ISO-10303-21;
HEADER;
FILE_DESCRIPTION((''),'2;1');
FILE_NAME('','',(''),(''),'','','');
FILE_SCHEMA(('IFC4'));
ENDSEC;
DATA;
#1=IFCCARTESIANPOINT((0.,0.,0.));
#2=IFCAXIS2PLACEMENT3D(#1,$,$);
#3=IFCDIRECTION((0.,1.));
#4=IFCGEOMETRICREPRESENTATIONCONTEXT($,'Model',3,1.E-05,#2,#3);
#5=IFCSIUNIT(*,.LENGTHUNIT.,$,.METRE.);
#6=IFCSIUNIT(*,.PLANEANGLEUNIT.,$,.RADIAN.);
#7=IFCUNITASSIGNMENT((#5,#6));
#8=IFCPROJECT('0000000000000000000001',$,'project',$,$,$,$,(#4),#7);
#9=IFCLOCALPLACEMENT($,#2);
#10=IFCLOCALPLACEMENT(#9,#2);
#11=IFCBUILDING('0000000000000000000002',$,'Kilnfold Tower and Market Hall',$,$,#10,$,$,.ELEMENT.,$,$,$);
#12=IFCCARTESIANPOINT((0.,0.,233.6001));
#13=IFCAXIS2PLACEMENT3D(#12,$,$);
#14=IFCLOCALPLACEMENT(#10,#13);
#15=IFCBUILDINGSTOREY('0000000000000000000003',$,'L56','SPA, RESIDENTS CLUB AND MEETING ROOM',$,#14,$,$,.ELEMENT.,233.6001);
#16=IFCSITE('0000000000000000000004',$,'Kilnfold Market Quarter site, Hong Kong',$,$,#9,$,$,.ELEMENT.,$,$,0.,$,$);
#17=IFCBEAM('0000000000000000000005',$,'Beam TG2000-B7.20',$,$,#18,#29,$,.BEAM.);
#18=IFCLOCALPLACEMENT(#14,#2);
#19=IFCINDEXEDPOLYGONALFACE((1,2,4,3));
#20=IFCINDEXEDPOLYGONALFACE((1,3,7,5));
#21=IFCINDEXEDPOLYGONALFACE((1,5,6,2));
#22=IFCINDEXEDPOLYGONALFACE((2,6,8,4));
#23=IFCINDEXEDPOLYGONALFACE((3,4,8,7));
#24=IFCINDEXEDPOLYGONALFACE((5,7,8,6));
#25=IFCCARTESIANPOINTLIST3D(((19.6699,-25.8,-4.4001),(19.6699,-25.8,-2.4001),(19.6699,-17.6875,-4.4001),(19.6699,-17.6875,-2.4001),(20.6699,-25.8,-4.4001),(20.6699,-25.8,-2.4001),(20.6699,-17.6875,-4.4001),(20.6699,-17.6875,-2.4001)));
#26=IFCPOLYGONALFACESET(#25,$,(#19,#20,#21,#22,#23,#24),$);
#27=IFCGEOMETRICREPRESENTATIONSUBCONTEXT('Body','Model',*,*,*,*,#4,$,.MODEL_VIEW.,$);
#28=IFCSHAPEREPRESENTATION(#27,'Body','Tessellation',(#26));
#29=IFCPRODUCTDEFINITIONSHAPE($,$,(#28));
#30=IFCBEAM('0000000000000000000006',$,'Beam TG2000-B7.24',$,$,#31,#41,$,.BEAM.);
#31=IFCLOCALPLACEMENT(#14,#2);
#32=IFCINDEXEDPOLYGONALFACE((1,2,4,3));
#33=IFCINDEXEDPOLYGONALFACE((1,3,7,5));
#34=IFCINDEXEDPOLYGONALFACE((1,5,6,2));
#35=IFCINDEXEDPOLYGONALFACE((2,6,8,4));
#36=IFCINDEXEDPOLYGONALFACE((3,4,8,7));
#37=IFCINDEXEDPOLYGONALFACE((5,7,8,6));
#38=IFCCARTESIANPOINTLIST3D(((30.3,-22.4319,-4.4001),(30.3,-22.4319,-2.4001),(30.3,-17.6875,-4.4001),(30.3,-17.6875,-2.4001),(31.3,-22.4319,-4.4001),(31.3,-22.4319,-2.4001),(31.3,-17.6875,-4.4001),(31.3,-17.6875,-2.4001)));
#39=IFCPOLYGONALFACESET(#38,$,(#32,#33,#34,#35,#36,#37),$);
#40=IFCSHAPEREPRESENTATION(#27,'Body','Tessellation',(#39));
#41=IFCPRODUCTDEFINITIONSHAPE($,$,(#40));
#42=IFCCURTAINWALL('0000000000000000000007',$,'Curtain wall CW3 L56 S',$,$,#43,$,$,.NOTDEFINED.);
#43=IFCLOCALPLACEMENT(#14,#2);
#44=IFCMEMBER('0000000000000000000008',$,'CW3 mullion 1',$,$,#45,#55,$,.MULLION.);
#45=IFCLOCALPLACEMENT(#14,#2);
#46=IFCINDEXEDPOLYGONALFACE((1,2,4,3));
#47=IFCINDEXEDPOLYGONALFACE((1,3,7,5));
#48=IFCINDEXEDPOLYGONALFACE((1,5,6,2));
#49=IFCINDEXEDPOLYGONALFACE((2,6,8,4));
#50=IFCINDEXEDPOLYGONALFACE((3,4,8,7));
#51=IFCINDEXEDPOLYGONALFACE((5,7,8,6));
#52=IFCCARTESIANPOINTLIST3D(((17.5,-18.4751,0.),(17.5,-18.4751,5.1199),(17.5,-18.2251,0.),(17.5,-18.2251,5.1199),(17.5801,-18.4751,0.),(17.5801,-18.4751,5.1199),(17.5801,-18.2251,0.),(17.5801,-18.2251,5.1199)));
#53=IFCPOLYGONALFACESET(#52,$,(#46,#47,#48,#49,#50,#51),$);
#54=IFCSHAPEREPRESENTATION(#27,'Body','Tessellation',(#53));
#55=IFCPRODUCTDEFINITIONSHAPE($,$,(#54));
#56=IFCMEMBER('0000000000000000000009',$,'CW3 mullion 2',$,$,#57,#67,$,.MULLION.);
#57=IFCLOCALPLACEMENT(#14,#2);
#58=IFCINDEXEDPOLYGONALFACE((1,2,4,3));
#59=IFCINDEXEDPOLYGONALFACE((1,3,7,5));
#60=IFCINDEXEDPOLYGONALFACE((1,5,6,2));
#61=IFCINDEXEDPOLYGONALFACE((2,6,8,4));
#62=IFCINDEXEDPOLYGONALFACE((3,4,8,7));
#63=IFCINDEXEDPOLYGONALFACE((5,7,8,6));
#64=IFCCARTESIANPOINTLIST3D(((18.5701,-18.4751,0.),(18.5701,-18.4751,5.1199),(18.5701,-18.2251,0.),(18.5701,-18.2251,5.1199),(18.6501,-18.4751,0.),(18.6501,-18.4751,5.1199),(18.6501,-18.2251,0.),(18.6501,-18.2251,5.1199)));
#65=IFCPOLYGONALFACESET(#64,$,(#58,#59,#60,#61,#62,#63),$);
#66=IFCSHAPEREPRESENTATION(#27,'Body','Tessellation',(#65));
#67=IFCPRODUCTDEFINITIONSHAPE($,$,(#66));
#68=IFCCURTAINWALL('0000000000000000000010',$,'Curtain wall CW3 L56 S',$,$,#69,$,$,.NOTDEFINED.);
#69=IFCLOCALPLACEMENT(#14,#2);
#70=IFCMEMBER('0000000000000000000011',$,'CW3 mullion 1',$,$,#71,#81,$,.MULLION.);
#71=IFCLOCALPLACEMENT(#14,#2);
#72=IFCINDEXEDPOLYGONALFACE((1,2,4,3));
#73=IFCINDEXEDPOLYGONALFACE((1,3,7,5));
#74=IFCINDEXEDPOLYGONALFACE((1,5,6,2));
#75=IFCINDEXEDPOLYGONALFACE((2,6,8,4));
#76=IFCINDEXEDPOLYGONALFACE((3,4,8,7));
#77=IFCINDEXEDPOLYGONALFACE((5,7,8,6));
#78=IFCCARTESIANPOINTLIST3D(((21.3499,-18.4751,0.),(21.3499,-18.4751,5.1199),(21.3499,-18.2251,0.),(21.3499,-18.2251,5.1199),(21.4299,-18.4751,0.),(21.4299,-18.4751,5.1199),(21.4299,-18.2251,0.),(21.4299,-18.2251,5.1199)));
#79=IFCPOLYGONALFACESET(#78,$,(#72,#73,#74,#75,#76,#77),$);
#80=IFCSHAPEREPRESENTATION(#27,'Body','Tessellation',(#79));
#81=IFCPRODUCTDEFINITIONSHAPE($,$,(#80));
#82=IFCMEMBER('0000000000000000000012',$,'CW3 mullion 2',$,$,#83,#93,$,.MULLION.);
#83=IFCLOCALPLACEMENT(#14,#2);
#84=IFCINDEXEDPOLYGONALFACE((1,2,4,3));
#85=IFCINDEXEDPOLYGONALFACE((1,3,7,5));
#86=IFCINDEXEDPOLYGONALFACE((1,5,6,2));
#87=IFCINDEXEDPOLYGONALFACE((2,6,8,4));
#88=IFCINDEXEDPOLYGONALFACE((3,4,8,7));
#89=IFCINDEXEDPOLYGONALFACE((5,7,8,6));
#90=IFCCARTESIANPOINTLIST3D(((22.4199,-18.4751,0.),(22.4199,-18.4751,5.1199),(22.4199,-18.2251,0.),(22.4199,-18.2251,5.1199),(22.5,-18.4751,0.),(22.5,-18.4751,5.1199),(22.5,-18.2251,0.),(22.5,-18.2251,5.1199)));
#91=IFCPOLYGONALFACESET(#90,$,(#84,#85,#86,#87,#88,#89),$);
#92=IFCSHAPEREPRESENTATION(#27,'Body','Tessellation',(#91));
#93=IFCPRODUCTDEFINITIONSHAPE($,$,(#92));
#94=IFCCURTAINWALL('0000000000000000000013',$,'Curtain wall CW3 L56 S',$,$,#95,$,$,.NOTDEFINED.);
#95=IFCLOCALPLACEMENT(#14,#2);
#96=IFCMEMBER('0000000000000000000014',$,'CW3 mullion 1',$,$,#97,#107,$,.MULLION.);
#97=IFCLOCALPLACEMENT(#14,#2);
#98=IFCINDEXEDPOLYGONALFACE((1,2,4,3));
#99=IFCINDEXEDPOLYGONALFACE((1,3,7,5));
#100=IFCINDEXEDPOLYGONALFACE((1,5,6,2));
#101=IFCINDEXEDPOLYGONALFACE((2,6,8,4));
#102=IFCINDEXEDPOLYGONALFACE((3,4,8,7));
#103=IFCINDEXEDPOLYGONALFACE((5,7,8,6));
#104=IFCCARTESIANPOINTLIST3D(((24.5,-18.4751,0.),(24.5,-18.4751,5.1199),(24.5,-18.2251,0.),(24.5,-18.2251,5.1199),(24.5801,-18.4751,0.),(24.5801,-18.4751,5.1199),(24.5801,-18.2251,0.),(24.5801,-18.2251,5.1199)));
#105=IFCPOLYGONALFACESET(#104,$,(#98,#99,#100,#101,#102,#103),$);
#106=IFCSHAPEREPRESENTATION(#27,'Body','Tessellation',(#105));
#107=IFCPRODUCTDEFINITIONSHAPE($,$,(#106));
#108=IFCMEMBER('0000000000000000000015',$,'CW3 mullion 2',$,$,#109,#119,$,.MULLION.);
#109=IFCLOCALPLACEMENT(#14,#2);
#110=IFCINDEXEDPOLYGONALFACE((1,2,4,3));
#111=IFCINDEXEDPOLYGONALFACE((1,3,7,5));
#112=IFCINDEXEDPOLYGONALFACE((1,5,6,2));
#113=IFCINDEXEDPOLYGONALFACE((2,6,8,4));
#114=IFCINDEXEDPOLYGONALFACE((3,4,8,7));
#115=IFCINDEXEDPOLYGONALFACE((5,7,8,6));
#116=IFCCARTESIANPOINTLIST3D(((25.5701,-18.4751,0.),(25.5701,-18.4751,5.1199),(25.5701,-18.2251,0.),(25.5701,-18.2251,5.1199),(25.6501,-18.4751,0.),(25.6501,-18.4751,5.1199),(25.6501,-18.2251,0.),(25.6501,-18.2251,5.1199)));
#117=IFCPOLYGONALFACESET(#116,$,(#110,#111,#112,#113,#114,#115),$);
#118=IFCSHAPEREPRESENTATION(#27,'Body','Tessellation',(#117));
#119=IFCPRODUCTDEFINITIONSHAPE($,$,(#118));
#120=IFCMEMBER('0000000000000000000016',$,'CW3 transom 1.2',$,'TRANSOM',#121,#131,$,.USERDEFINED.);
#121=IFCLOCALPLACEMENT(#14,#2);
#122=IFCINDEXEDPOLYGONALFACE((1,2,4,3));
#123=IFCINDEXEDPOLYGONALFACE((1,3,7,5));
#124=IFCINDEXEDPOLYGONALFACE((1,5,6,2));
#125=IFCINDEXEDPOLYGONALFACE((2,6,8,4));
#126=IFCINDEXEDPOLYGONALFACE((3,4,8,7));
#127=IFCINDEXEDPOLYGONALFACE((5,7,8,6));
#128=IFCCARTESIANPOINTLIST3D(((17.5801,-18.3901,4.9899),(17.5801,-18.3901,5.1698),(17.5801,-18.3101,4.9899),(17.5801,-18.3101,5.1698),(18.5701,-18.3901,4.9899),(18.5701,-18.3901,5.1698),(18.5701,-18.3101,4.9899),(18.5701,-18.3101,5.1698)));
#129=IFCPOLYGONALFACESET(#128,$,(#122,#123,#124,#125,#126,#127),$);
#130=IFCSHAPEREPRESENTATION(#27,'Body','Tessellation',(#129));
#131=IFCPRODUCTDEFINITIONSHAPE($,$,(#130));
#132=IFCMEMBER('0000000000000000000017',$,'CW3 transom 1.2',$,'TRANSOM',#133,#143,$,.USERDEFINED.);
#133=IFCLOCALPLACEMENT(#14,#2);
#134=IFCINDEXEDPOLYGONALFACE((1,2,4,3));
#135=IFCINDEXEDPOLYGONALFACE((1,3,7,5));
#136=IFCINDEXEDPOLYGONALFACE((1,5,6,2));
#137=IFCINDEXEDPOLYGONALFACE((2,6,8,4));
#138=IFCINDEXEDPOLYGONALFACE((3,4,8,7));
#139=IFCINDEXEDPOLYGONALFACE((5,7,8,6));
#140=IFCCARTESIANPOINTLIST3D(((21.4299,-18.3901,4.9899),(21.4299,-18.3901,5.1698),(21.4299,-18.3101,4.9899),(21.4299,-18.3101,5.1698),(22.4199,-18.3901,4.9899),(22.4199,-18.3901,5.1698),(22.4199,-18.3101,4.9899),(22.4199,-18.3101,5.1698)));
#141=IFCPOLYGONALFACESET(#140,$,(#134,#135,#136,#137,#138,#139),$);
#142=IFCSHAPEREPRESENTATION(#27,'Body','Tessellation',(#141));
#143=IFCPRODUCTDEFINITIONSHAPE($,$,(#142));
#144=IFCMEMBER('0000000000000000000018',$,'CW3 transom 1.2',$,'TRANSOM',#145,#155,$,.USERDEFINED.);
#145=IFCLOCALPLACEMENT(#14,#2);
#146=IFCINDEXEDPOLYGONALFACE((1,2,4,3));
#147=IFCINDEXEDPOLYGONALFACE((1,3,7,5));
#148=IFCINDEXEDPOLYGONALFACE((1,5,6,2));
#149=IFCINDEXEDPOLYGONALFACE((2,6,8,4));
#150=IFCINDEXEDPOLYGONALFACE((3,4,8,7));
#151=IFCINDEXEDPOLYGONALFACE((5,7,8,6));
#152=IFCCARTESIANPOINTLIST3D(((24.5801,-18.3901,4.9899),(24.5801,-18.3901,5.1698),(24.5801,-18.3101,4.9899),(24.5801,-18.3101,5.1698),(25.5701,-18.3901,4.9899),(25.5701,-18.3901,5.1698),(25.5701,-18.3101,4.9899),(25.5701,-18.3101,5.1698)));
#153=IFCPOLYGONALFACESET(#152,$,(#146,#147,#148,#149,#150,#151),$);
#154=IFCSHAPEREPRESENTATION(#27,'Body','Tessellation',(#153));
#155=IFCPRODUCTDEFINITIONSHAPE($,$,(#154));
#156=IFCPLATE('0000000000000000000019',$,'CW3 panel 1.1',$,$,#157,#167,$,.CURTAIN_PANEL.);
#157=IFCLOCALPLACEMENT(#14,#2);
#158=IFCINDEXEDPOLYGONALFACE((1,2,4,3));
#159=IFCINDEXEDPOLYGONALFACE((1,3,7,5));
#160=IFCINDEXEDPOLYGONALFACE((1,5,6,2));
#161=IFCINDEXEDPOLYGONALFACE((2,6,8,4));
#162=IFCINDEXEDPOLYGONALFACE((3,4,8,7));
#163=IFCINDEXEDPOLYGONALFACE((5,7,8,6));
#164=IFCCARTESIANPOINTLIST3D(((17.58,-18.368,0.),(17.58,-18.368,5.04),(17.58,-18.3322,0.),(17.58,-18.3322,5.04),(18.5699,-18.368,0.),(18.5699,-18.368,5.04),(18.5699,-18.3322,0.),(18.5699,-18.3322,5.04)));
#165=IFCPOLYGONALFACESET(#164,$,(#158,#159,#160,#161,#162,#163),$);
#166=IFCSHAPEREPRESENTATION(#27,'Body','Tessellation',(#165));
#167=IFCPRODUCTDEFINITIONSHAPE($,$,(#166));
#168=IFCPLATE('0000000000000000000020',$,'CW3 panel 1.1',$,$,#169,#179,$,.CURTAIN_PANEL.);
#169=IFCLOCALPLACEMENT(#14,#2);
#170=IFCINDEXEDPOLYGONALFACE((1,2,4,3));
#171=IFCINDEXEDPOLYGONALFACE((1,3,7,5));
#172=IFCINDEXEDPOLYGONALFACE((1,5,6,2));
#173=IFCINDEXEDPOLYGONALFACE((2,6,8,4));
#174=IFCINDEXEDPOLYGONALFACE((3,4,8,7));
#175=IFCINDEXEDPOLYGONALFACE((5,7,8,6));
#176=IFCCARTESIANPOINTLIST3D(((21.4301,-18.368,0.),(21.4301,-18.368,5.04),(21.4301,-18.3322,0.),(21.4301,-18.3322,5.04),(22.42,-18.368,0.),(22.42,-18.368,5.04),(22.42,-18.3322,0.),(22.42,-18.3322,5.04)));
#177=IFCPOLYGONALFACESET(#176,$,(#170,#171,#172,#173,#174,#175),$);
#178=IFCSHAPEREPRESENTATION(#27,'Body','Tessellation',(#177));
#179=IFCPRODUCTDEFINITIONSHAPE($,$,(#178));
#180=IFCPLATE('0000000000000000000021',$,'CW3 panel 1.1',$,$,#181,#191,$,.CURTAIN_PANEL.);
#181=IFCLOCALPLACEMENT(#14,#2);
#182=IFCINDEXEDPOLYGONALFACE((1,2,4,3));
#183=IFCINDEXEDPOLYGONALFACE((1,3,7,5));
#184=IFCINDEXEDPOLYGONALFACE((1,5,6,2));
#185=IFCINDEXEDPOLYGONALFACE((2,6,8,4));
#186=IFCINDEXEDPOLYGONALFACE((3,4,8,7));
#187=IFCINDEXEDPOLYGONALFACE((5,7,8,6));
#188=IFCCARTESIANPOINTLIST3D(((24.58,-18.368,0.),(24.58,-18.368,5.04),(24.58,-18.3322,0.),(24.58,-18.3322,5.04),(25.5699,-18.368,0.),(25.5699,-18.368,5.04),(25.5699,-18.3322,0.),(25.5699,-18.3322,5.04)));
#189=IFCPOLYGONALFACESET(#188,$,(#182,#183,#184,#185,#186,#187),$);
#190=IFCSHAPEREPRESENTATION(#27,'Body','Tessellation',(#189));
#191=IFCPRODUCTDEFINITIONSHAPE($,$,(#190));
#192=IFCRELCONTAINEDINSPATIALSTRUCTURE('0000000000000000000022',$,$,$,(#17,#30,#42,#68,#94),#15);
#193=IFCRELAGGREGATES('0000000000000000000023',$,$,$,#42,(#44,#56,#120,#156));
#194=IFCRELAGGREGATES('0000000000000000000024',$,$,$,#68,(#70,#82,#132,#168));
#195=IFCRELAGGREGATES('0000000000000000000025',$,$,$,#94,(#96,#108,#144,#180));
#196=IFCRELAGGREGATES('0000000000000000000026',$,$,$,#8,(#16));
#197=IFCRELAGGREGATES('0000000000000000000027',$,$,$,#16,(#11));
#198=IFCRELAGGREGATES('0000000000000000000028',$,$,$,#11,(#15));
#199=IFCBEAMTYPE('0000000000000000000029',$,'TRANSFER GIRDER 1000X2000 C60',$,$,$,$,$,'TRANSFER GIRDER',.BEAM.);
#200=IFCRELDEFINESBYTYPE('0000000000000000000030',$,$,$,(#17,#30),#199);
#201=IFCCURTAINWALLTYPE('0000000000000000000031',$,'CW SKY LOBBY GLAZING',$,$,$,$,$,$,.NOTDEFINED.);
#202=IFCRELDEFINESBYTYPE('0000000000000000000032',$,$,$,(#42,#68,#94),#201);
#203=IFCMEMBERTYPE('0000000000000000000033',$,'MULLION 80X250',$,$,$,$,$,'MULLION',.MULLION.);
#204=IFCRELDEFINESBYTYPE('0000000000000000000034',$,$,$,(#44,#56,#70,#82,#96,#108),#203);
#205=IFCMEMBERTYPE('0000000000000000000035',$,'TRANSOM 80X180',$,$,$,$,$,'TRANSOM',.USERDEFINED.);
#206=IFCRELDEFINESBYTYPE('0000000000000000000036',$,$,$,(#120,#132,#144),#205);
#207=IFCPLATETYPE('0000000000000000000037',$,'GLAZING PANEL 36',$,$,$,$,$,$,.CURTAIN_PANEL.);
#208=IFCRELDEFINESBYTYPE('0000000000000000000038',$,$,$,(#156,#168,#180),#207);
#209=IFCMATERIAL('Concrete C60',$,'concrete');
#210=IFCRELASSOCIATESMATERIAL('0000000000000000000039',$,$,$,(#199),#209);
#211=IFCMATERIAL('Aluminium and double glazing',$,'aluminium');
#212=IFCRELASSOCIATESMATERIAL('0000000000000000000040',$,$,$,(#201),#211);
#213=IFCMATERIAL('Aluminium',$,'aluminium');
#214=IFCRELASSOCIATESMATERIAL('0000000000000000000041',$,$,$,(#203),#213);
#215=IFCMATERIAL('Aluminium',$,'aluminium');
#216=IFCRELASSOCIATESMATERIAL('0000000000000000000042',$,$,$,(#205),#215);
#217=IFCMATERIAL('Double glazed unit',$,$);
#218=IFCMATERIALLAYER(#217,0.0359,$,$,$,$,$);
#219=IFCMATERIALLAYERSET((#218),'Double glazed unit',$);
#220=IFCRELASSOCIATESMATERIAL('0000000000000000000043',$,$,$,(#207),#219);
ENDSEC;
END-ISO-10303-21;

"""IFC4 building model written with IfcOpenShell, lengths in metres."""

from ifc_helpers import new_model, si_unit, direction, frame, origin, origin_2d, place, context, subcontext, project, spatial, rectangle, extrude, source, transform, mapped, material, layer, layer_set, material_profile, profile_set, type_object, element, aggregate, save


model = new_model("IFC4")

# Units and contexts
model_context = context("Model", 3, precision=1e-05, world=origin(), true_north=direction((0.0, 1.0)))
body_context = subcontext(model_context, "Body", "Model", "MODEL_VIEW")
ifc_project = project(units=[si_unit("LENGTHUNIT", "METRE"), si_unit("PLANEANGLEUNIT", "RADIAN")], contexts=[model_context])

# Site, building, storey
site_placement = place(None, origin())
site = spatial("IfcSite", under=ifc_project, at=site_placement, Name="Kilnfold Market Quarter site, Hong Kong", CompositionType="ELEMENT", RefElevation=0.0)
building_placement = place(site_placement, origin())
building = spatial("IfcBuilding", under=site, at=building_placement, Name="Kilnfold Tower and Market Hall", CompositionType="ELEMENT")
storey_placement = place(building_placement, frame((0.0, 0.0, 233.6001)))
storey = spatial("IfcBuildingStorey", under=building, at=storey_placement, Name="L56", Description="SPA, RESIDENTS CLUB AND MEETING ROOM", CompositionType="ELEMENT", Elevation=233.6001)

# Beams
ifc_material_1 = material(Name="Concrete C60", Category="concrete")
ifc_material_profile_1 = material_profile(ifc_material_1, rectangle(XDim=1.0, YDim=2.0, at=origin_2d()), Name="RC 1000x2000")
ifc_profile_set_1 = profile_set([ifc_material_profile_1], Name="Concrete C60")
beam_type = type_object("IfcBeamType", Name="TRANSFER GIRDER 1000X2000 C60", ElementType="TRANSFER GIRDER", PredefinedType="BEAM", material=ifc_profile_set_1)
shared_shape_1 = source(origin(), body_context, "Body", "SweptSolid", [
    extrude(rectangle(XDim=1.0, YDim=2.0, at=origin_2d()), origin(), (0.0, 0.0, 1.0), 8.1125),
])
beam_1_placement = place(storey_placement, frame((20.1699, -25.8, -3.4001), z_axis=(0.0, 1.0, 0.0), x_axis=(-1.0, 0.0, 0.0)))
element("IfcBeam", 1, at=beam_1_placement, inside=storey, type_object=beam_type, Name="Beam TG2000-B7.20", PredefinedType="BEAM", context=body_context, shape_type="MappedRepresentation", body=[
    mapped(shared_shape_1, transform((0.0, 0.0, 0.0))),
])
shared_shape_2 = source(origin(), body_context, "Body", "SweptSolid", [
    extrude(rectangle(XDim=1.0, YDim=2.0, at=origin_2d()), origin(), (0.0, 0.0, 1.0), 4.7444),
])
beam_2_placement = place(storey_placement, frame((30.8, -22.4319, -3.4001), z_axis=(0.0, 1.0, 0.0), x_axis=(-1.0, 0.0, 0.0)))
element("IfcBeam", 2, at=beam_2_placement, inside=storey, type_object=beam_type, Name="Beam TG2000-B7.24", PredefinedType="BEAM", context=body_context, shape_type="MappedRepresentation", body=[
    mapped(shared_shape_2, transform((0.0, 0.0, 0.0))),
])

# Curtain walls, members
ifc_material_2 = material(Name="Aluminium and double glazing", Category="aluminium")
curtain_wall_type = type_object("IfcCurtainWallType", Name="CW SKY LOBBY GLAZING", PredefinedType="NOTDEFINED", material=ifc_material_2)
curtain_wall_1_placement = place(storey_placement, origin())
curtain_wall_1 = element("IfcCurtainWall", 3, at=curtain_wall_1_placement, inside=storey, type_object=curtain_wall_type, Name="Curtain wall CW3 L56 S", PredefinedType="NOTDEFINED")
ifc_material_3 = material(Name="Aluminium", Category="aluminium")
ifc_material_profile_2 = material_profile(ifc_material_3, rectangle(XDim=0.0801, YDim=0.25, at=origin_2d()), Name="MULLION 80x250")
ifc_profile_set_2 = profile_set([ifc_material_profile_2], Name="Aluminium")
member_type_1 = type_object("IfcMemberType", Name="MULLION 80X250", ElementType="MULLION", PredefinedType="MULLION", material=ifc_profile_set_2)
shared_shape_3 = source(origin(), body_context, "Body", "SweptSolid", [
    extrude(rectangle(XDim=0.0801, YDim=0.25, at=origin_2d()), origin(), (0.0, 0.0, 1.0), 5.1199),
])
member_1_placement = place(storey_placement, frame((17.54, -18.3501, 0.0), z_axis=(0.0, 0.0, 1.0), x_axis=(1.0, 0.0, 0.0)))
member_1 = element("IfcMember", 4, at=member_1_placement, type_object=member_type_1, Name="CW3 mullion 1", PredefinedType="MULLION", context=body_context, shape_type="MappedRepresentation", body=[
    mapped(shared_shape_3, transform((0.0, 0.0, 0.0))),
])
member_2_placement = place(storey_placement, frame((18.6101, -18.3501, 0.0), z_axis=(0.0, 0.0, 1.0), x_axis=(1.0, 0.0, 0.0)))
member_2 = element("IfcMember", 5, at=member_2_placement, type_object=member_type_1, Name="CW3 mullion 2", PredefinedType="MULLION", context=body_context, shape_type="MappedRepresentation", body=[
    mapped(shared_shape_3, transform((0.0, 0.0, 0.0))),
])
curtain_wall_2_placement = place(storey_placement, origin())
curtain_wall_2 = element("IfcCurtainWall", 6, at=curtain_wall_2_placement, inside=storey, type_object=curtain_wall_type, Name="Curtain wall CW3 L56 S", PredefinedType="NOTDEFINED")
member_3_placement = place(storey_placement, frame((21.3899, -18.3501, 0.0), z_axis=(0.0, 0.0, 1.0), x_axis=(1.0, 0.0, 0.0)))
member_3 = element("IfcMember", 7, at=member_3_placement, type_object=member_type_1, Name="CW3 mullion 1", PredefinedType="MULLION", context=body_context, shape_type="MappedRepresentation", body=[
    mapped(shared_shape_3, transform((0.0, 0.0, 0.0))),
])
member_4_placement = place(storey_placement, frame((22.46, -18.3501, 0.0), z_axis=(0.0, 0.0, 1.0), x_axis=(1.0, 0.0, 0.0)))
member_4 = element("IfcMember", 8, at=member_4_placement, type_object=member_type_1, Name="CW3 mullion 2", PredefinedType="MULLION", context=body_context, shape_type="MappedRepresentation", body=[
    mapped(shared_shape_3, transform((0.0, 0.0, 0.0))),
])
curtain_wall_3_placement = place(storey_placement, origin())
curtain_wall_3 = element("IfcCurtainWall", 9, at=curtain_wall_3_placement, inside=storey, type_object=curtain_wall_type, Name="Curtain wall CW3 L56 S", PredefinedType="NOTDEFINED")
member_5_placement = place(storey_placement, frame((24.54, -18.3501, 0.0), z_axis=(0.0, 0.0, 1.0), x_axis=(1.0, 0.0, 0.0)))
member_5 = element("IfcMember", 10, at=member_5_placement, type_object=member_type_1, Name="CW3 mullion 1", PredefinedType="MULLION", context=body_context, shape_type="MappedRepresentation", body=[
    mapped(shared_shape_3, transform((0.0, 0.0, 0.0))),
])
member_6_placement = place(storey_placement, frame((25.6101, -18.3501, 0.0), z_axis=(0.0, 0.0, 1.0), x_axis=(1.0, 0.0, 0.0)))
member_6 = element("IfcMember", 11, at=member_6_placement, type_object=member_type_1, Name="CW3 mullion 2", PredefinedType="MULLION", context=body_context, shape_type="MappedRepresentation", body=[
    mapped(shared_shape_3, transform((0.0, 0.0, 0.0))),
])

# Members
ifc_material_4 = material(Name="Aluminium", Category="aluminium")
ifc_material_profile_3 = material_profile(ifc_material_4, rectangle(XDim=0.0801, YDim=0.1799, at=origin_2d()), Name="TRANSOM 80x180")
ifc_profile_set_3 = profile_set([ifc_material_profile_3], Name="Aluminium")
member_type_2 = type_object("IfcMemberType", Name="TRANSOM 80X180", ElementType="TRANSOM", PredefinedType="USERDEFINED", material=ifc_profile_set_3)
shared_shape_4 = source(origin(), body_context, "Body", "SweptSolid", [
    extrude(rectangle(XDim=0.0801, YDim=0.1799, at=origin_2d()), origin(), (0.0, 0.0, 1.0), 0.99),
])
member_7_placement = place(storey_placement, frame((17.5801, -18.3501, 5.0798), z_axis=(1.0, 0.0, 0.0), x_axis=(0.0, 1.0, 0.0)))
member_7 = element("IfcMember", 12, at=member_7_placement, type_object=member_type_2, Name="CW3 transom 1.2", ObjectType="TRANSOM", PredefinedType="USERDEFINED", context=body_context, shape_type="MappedRepresentation", body=[
    mapped(shared_shape_4, transform((0.0, 0.0, 0.0))),
])
member_8_placement = place(storey_placement, frame((21.4299, -18.3501, 5.0798), z_axis=(1.0, 0.0, 0.0), x_axis=(0.0, 1.0, 0.0)))
member_8 = element("IfcMember", 13, at=member_8_placement, type_object=member_type_2, Name="CW3 transom 1.2", ObjectType="TRANSOM", PredefinedType="USERDEFINED", context=body_context, shape_type="MappedRepresentation", body=[
    mapped(shared_shape_4, transform((0.0, 0.0, 0.0))),
])
member_9_placement = place(storey_placement, frame((24.5801, -18.3501, 5.0798), z_axis=(1.0, 0.0, 0.0), x_axis=(0.0, 1.0, 0.0)))
member_9 = element("IfcMember", 14, at=member_9_placement, type_object=member_type_2, Name="CW3 transom 1.2", ObjectType="TRANSOM", PredefinedType="USERDEFINED", context=body_context, shape_type="MappedRepresentation", body=[
    mapped(shared_shape_4, transform((0.0, 0.0, 0.0))),
])

# Plates
ifc_material_5 = material(Name="Double glazed unit")
ifc_layer_1 = layer(ifc_material_5, 0.0359)
ifc_layer_set_1 = layer_set([ifc_layer_1], Name="Double glazed unit")
plate_type = type_object("IfcPlateType", Name="GLAZING PANEL 36", PredefinedType="CURTAIN_PANEL", material=ifc_layer_set_1)
shared_shape_5 = source(origin(), body_context, "Body", "SweptSolid", [
    extrude(rectangle(XDim=0.99, YDim=0.0359, at=origin_2d()), origin(), (0.0, 0.0, 1.0), 5.04),
])
plate_1_placement = place(storey_placement, frame((18.075, -18.3501, 0.0), z_axis=(0.0, 0.0, 1.0), x_axis=(1.0, 0.0, 0.0)))
plate_1 = element("IfcPlate", 15, at=plate_1_placement, type_object=plate_type, Name="CW3 panel 1.1", PredefinedType="CURTAIN_PANEL", context=body_context, shape_type="MappedRepresentation", body=[
    mapped(shared_shape_5, transform((0.0, 0.0, 0.0))),
])
aggregate(curtain_wall_1, [member_1, member_2, member_7, plate_1])
plate_2_placement = place(storey_placement, frame((21.925, -18.3501, 0.0), z_axis=(0.0, 0.0, 1.0), x_axis=(1.0, 0.0, 0.0)))
plate_2 = element("IfcPlate", 16, at=plate_2_placement, type_object=plate_type, Name="CW3 panel 1.1", PredefinedType="CURTAIN_PANEL", context=body_context, shape_type="MappedRepresentation", body=[
    mapped(shared_shape_5, transform((0.0, 0.0, 0.0))),
])
aggregate(curtain_wall_2, [member_3, member_4, member_8, plate_2])
plate_3_placement = place(storey_placement, frame((25.075, -18.3501, 0.0), z_axis=(0.0, 0.0, 1.0), x_axis=(1.0, 0.0, 0.0)))
plate_3 = element("IfcPlate", 17, at=plate_3_placement, type_object=plate_type, Name="CW3 panel 1.1", PredefinedType="CURTAIN_PANEL", context=body_context, shape_type="MappedRepresentation", body=[
    mapped(shared_shape_5, transform((0.0, 0.0, 0.0))),
])
aggregate(curtain_wall_3, [member_5, member_6, member_9, plate_3])

save(model, "model.ifc")
